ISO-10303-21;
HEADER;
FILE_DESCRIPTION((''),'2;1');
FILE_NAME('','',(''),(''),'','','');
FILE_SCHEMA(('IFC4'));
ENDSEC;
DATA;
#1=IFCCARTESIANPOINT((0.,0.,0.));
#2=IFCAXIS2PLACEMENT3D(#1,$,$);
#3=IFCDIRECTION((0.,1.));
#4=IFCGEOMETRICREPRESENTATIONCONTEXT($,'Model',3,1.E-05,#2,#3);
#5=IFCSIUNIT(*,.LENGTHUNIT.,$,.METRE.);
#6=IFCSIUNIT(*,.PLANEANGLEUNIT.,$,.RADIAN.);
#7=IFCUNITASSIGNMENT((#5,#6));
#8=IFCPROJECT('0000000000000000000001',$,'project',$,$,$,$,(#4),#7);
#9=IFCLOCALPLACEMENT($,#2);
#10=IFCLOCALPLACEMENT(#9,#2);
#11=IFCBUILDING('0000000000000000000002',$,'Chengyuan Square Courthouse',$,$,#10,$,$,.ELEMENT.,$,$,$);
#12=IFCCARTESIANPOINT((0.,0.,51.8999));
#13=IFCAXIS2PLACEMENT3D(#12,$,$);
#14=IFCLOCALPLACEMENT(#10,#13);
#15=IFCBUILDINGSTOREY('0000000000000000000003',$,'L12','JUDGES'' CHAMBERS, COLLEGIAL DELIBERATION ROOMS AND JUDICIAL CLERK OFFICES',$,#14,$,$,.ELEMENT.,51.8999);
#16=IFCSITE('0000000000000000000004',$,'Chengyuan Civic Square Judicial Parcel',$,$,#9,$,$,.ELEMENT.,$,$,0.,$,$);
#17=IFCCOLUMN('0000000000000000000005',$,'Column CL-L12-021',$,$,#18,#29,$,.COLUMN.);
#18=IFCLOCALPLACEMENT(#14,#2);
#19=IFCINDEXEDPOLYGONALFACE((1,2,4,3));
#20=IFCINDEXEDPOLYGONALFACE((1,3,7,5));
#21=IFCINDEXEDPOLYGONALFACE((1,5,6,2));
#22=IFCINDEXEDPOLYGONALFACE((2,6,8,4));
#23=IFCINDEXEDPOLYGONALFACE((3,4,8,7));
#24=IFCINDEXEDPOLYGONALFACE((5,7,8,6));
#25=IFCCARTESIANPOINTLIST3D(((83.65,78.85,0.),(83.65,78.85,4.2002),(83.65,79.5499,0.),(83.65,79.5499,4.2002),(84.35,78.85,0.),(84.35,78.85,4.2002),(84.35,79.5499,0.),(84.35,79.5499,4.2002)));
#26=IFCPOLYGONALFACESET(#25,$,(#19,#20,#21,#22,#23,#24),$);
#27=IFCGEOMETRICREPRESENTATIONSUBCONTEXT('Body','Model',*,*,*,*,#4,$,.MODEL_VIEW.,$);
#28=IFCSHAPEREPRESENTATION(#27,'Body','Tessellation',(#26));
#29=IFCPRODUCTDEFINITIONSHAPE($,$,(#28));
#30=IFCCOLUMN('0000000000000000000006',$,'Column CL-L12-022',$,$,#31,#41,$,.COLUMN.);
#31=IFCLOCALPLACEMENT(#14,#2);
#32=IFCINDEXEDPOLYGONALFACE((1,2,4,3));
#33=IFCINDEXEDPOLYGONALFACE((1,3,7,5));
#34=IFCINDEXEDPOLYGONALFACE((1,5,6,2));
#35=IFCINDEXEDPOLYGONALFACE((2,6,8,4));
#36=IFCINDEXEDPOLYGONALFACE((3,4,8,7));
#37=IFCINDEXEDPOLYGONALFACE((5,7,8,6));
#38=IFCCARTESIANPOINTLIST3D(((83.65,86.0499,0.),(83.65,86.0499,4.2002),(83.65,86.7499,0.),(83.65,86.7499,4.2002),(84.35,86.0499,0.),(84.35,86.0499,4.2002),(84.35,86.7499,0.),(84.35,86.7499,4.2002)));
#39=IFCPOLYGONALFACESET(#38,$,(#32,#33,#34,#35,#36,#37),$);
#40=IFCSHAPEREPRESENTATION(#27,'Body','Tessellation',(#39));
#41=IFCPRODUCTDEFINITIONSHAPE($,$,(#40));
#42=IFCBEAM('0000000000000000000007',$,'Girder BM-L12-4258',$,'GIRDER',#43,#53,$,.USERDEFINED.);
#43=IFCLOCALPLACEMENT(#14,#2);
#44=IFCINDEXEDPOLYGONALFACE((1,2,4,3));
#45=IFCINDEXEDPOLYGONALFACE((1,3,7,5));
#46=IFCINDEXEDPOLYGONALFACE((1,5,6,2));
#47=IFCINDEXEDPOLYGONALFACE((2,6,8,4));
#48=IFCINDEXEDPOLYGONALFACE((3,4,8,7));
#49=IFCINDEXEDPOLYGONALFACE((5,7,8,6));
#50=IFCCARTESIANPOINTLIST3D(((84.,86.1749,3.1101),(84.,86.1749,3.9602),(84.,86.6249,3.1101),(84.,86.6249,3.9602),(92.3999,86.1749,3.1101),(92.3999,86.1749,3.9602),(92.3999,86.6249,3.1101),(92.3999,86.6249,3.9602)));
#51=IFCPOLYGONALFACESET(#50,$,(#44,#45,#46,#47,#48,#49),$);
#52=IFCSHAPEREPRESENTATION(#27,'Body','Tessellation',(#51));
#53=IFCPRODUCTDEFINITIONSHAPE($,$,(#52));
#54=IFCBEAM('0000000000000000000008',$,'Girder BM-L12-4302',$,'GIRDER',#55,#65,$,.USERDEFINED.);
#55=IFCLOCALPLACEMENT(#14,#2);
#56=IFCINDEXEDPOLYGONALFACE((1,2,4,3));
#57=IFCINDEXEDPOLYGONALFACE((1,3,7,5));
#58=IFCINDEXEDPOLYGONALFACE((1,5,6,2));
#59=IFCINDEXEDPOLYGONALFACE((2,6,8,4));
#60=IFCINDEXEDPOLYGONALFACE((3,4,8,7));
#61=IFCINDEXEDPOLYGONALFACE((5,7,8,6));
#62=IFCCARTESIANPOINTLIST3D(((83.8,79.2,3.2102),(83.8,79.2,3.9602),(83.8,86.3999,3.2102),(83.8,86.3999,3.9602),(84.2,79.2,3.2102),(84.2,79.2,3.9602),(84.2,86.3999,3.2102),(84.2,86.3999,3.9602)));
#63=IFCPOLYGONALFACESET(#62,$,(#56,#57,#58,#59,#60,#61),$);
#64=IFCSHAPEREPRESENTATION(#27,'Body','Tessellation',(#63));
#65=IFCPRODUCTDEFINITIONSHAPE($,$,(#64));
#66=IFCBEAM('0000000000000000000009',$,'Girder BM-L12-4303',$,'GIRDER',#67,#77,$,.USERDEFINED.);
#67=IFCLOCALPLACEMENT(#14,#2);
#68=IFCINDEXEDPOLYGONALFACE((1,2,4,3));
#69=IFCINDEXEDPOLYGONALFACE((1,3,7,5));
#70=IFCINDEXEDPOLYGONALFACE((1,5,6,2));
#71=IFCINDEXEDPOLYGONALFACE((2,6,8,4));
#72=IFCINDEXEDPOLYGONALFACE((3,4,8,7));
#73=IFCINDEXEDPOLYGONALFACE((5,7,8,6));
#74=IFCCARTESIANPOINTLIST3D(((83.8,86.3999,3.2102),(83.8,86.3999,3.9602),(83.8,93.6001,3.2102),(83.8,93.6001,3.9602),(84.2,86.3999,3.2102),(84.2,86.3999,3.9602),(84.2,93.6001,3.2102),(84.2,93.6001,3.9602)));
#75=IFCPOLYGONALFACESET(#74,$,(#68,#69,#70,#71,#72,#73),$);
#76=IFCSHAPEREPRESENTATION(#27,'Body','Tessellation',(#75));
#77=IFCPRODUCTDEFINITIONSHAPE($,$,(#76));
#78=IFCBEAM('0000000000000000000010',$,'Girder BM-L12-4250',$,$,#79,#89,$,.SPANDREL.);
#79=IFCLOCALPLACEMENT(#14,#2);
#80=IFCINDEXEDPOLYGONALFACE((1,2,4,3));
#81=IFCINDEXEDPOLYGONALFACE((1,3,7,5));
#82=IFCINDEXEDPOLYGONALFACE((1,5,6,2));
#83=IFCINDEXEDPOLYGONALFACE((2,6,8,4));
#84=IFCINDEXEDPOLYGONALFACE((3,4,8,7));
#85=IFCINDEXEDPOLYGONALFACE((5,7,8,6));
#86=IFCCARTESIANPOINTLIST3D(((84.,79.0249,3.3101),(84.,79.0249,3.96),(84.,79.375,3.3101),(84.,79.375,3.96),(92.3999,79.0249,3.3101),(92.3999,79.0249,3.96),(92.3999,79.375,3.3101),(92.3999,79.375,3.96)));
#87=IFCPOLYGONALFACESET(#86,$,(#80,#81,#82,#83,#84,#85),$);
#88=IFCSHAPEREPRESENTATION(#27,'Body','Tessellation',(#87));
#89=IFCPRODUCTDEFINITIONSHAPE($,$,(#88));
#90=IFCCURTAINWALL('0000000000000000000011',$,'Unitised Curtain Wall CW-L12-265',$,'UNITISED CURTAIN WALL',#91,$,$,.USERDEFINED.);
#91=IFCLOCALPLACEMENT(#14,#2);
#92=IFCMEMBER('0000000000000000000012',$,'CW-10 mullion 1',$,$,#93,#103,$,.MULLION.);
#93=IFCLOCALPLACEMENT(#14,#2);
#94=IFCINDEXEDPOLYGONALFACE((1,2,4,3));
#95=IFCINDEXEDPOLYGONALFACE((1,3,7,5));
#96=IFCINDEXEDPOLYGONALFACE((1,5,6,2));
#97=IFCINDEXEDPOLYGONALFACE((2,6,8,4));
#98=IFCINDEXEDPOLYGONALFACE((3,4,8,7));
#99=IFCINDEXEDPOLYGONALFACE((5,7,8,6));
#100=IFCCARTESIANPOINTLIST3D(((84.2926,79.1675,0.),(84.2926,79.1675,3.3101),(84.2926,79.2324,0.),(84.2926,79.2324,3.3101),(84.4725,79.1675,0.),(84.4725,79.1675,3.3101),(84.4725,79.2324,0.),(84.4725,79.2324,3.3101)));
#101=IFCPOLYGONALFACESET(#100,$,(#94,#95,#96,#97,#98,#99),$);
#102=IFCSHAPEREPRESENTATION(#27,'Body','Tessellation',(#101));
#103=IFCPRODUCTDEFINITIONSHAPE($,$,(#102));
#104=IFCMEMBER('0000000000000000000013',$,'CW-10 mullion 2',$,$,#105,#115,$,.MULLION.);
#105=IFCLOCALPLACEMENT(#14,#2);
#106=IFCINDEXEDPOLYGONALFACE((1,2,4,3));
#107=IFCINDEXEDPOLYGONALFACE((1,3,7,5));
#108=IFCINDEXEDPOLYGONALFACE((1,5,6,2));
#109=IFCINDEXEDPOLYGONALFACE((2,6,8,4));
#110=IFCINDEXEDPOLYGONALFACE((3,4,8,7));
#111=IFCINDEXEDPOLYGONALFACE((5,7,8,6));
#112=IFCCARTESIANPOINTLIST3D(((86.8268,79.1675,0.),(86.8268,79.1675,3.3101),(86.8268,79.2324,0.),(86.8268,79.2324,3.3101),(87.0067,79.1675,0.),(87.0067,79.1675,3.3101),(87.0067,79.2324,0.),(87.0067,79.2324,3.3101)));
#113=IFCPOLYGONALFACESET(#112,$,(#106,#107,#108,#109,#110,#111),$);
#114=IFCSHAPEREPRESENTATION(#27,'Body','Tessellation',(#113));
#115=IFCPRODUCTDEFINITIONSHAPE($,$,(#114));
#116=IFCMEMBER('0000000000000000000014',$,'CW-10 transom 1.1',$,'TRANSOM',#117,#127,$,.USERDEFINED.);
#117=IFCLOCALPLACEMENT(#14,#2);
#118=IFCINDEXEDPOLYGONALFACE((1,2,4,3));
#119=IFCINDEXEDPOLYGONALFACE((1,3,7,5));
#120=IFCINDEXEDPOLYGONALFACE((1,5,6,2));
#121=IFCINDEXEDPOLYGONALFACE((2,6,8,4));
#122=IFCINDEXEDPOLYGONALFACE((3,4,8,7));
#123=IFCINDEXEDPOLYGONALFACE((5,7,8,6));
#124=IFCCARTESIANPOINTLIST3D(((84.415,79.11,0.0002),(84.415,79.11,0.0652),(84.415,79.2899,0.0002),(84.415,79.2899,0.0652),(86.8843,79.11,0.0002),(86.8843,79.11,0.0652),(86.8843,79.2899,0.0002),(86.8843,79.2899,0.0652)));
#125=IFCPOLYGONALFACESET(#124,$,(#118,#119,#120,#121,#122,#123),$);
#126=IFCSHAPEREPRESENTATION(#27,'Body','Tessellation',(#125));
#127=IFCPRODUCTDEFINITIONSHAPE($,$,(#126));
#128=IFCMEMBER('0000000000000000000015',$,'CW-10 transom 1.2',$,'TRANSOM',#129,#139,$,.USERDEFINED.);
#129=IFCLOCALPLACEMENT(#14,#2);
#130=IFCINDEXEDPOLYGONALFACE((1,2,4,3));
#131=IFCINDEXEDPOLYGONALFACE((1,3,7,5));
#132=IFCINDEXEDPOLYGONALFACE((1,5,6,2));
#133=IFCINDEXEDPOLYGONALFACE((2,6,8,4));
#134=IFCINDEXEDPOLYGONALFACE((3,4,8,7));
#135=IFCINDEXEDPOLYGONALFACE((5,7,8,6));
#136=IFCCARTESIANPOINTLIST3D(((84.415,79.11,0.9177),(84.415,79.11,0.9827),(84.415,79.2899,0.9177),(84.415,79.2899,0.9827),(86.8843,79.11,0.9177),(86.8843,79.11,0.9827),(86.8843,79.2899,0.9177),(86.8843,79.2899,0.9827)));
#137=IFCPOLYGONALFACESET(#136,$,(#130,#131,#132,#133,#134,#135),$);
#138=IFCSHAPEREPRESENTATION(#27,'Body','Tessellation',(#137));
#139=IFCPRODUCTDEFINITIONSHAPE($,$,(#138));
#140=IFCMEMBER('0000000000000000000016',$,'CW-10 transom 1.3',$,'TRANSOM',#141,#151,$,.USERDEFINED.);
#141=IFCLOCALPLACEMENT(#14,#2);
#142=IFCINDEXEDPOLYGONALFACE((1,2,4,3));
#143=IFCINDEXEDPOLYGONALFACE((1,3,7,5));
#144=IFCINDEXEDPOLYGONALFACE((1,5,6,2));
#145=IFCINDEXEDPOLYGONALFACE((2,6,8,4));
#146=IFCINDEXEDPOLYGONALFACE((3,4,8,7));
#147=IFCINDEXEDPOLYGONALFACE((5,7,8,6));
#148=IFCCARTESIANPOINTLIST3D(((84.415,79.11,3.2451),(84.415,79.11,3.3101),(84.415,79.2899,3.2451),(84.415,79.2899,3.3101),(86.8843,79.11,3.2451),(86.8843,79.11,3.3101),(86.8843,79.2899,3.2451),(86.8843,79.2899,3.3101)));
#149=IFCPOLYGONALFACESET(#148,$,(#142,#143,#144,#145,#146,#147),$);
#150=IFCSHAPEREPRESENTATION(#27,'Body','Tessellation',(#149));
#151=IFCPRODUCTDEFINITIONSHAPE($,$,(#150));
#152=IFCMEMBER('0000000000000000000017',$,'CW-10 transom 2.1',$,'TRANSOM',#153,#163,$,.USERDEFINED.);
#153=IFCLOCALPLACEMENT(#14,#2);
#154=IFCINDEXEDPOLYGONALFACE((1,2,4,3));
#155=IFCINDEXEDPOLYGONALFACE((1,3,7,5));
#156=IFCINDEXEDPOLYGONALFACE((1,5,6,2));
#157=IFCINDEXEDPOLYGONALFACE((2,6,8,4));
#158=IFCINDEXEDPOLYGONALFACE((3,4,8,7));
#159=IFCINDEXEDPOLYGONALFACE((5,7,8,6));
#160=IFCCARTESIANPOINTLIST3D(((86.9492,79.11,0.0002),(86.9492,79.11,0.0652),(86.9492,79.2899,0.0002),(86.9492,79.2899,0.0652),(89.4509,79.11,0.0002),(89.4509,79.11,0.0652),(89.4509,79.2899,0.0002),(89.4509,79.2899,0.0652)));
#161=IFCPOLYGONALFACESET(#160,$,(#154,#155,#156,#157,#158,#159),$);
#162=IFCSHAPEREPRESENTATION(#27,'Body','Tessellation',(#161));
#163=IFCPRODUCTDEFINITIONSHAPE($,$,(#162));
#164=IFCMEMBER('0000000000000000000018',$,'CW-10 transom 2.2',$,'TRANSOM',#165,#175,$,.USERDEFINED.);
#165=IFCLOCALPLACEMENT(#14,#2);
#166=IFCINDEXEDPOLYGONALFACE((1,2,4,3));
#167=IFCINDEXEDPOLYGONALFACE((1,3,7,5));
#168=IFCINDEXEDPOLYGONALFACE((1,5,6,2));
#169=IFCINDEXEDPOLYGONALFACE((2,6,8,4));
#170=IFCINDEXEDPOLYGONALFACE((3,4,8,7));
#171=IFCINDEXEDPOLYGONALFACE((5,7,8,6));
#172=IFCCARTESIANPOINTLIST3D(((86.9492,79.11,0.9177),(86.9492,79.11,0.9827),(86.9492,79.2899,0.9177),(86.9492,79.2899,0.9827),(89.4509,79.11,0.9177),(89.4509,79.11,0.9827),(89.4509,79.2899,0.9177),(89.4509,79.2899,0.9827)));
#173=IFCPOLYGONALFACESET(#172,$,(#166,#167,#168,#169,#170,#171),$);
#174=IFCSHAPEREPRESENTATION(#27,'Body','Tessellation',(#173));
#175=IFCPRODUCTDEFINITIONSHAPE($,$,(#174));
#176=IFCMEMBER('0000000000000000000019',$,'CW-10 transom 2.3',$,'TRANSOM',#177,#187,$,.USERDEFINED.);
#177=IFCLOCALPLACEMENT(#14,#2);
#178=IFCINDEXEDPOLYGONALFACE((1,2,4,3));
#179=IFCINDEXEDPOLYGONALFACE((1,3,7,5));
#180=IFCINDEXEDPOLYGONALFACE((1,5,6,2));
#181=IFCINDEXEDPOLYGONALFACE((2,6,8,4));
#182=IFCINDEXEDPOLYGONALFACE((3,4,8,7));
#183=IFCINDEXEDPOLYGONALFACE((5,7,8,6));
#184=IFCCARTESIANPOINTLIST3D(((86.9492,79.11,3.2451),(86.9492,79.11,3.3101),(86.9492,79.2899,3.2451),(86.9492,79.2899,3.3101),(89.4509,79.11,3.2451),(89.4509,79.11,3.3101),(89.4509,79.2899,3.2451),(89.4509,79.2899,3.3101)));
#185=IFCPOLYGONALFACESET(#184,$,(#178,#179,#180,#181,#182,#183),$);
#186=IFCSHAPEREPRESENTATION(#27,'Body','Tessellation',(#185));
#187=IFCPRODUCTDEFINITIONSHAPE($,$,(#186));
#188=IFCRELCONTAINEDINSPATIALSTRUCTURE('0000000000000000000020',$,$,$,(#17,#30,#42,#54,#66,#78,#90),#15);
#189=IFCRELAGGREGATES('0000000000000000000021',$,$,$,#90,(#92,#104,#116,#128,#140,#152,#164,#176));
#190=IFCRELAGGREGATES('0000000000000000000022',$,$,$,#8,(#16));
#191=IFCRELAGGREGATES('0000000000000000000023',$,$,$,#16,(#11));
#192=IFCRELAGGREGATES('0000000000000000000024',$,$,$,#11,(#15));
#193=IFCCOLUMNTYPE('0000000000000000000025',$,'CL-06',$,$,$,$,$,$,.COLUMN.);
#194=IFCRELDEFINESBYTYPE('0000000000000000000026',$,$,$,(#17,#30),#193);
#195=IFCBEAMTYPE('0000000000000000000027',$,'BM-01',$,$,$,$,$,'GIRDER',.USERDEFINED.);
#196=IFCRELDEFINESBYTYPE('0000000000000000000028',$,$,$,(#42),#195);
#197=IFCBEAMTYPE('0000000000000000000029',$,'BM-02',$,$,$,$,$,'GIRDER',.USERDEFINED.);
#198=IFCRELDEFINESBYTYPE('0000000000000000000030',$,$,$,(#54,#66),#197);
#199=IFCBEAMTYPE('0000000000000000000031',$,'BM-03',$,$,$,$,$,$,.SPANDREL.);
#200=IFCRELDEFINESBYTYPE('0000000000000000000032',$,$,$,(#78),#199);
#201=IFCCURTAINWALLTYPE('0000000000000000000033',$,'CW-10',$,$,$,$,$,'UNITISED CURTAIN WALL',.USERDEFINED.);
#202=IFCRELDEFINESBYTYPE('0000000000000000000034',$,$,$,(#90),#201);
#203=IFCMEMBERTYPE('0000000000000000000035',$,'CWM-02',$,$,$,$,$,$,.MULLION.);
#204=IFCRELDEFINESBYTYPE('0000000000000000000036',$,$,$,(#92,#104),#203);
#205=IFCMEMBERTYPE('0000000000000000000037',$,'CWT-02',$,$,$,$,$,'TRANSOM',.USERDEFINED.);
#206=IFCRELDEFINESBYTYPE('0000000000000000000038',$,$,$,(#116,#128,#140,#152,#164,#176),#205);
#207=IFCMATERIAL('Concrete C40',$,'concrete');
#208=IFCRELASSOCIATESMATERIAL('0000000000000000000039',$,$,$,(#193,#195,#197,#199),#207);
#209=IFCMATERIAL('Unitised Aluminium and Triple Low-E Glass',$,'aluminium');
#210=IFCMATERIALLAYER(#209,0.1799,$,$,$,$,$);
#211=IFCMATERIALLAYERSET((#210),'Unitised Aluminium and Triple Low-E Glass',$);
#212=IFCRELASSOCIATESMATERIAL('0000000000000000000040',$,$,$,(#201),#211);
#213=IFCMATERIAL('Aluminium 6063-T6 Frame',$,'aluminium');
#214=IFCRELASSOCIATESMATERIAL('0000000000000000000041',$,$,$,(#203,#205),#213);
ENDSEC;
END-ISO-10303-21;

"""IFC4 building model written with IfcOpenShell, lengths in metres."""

from ifc_helpers import new_model, si_unit, direction, frame, origin, origin_2d, place, context, subcontext, project, spatial, rectangle, extrude, material, layer, layer_set, material_profile, profile_set, type_object, element, aggregate, save


model = new_model("IFC4")

# Units and contexts
model_context = context("Model", 3, precision=1e-05, world=origin(), true_north=direction((0.0, 1.0)))
body_context = subcontext(model_context, "Body", "Model", "MODEL_VIEW")
ifc_project = project(units=[si_unit("LENGTHUNIT", "METRE"), si_unit("PLANEANGLEUNIT", "RADIAN")], contexts=[model_context])

# Site, building, storey
site_placement = place(None, origin())
site = spatial("IfcSite", under=ifc_project, at=site_placement, Name="Chengyuan Civic Square Judicial Parcel", CompositionType="ELEMENT", RefElevation=0.0)
building_placement = place(site_placement, origin())
building = spatial("IfcBuilding", under=site, at=building_placement, Name="Chengyuan Square Courthouse", CompositionType="ELEMENT")
storey_placement = place(building_placement, frame((0.0, 0.0, 51.8999)))
storey = spatial("IfcBuildingStorey", under=building, at=storey_placement, Name="L12", Description="JUDGES' CHAMBERS, COLLEGIAL DELIBERATION ROOMS AND JUDICIAL CLERK OFFICES", CompositionType="ELEMENT", Elevation=51.8999)

# Columns
ifc_material_1 = material(Name="Concrete C40", Category="concrete")
ifc_material_profile_1 = material_profile(ifc_material_1, rectangle(XDim=0.7, YDim=0.7, at=origin_2d()), Name="RC-COL-700x700")
ifc_profile_set_1 = profile_set([ifc_material_profile_1], Name="Concrete C40")
column_type = type_object("IfcColumnType", Name="CL-06", PredefinedType="COLUMN", material=ifc_profile_set_1)
for number, where, z_axis, x_axis, name in (
    (1, (84.0, 79.2, 0.0), (0.0, 0.0, 1.0), (1.0, 0.0, 0.0), "Column CL-L12-021"),
    (2, (84.0, 86.3999, 0.0), (0.0, 0.0, 1.0), (1.0, 0.0, 0.0), "Column CL-L12-022"),
):
    element("IfcColumn", number, at=place(storey_placement, frame(where, z_axis=z_axis, x_axis=x_axis)), inside=storey, type_object=column_type, Name=name, PredefinedType="COLUMN", context=body_context, shape_type="SweptSolid", body=[
        extrude(rectangle(XDim=0.7, YDim=0.7, at=origin_2d()), origin(), (0.0, 0.0, 1.0), 4.2002),
    ])

# Beams
ifc_material_profile_2 = material_profile(ifc_material_1, rectangle(XDim=0.45, YDim=0.8501, at=origin_2d()), Name="RC-BM-450x850")
ifc_profile_set_2 = profile_set([ifc_material_profile_2], Name="Concrete C40")
beam_type_1 = type_object("IfcBeamType", Name="BM-01", ElementType="GIRDER", PredefinedType="USERDEFINED", material=ifc_profile_set_2)
beam_1_placement = place(storey_placement, frame((84.0, 86.3999, 3.5352), z_axis=(1.0, 0.0, 0.0), x_axis=(0.0, 1.0, 0.0)))
element("IfcBeam", 3, at=beam_1_placement, inside=storey, type_object=beam_type_1, Name="Girder BM-L12-4258", ObjectType="GIRDER", PredefinedType="USERDEFINED", context=body_context, shape_type="SweptSolid", body=[
    extrude(rectangle(XDim=0.45, YDim=0.8501, at=origin_2d()), origin(), (0.0, 0.0, 1.0), 8.3999),
])
ifc_material_profile_3 = material_profile(ifc_material_1, rectangle(XDim=0.3999, YDim=0.75, at=origin_2d()), Name="RC-BM-400x750")
ifc_profile_set_3 = profile_set([ifc_material_profile_3], Name="Concrete C40")
beam_type_2 = type_object("IfcBeamType", Name="BM-02", ElementType="GIRDER", PredefinedType="USERDEFINED", material=ifc_profile_set_3)
beam_2_placement = place(storey_placement, frame((84.0, 79.2, 3.5852), z_axis=(0.0, 1.0, 0.0), x_axis=(-1.0, 0.0, 0.0)))
element("IfcBeam", 4, at=beam_2_placement, inside=storey, type_object=beam_type_2, Name="Girder BM-L12-4302", ObjectType="GIRDER", PredefinedType="USERDEFINED", context=body_context, shape_type="SweptSolid", body=[
    extrude(rectangle(XDim=0.3999, YDim=0.75, at=origin_2d()), origin(), (0.0, 0.0, 1.0), 7.2),
])
beam_3_placement = place(storey_placement, frame((84.0, 86.3999, 3.5852), z_axis=(0.0, 1.0, 0.0), x_axis=(-1.0, 0.0, 0.0)))
element("IfcBeam", 5, at=beam_3_placement, inside=storey, type_object=beam_type_2, Name="Girder BM-L12-4303", ObjectType="GIRDER", PredefinedType="USERDEFINED", context=body_context, shape_type="SweptSolid", body=[
    extrude(rectangle(XDim=0.3999, YDim=0.75, at=origin_2d()), origin(), (0.0, 0.0, 1.0), 7.2002),
])
ifc_material_profile_4 = material_profile(ifc_material_1, rectangle(XDim=0.3501, YDim=0.6499, at=origin_2d()), Name="RC-BM-350x650")
ifc_profile_set_4 = profile_set([ifc_material_profile_4], Name="Concrete C40")
beam_type_3 = type_object("IfcBeamType", Name="BM-03", PredefinedType="SPANDREL", material=ifc_profile_set_4)
beam_4_placement = place(storey_placement, frame((84.0, 79.2, 3.635), z_axis=(1.0, 0.0, 0.0), x_axis=(0.0, 1.0, 0.0)))
element("IfcBeam", 6, at=beam_4_placement, inside=storey, type_object=beam_type_3, Name="Girder BM-L12-4250", PredefinedType="SPANDREL", context=body_context, shape_type="SweptSolid", body=[
    extrude(rectangle(XDim=0.3501, YDim=0.6499, at=origin_2d()), origin(), (0.0, 0.0, 1.0), 8.3999),
])

# Curtain wall, members
ifc_material_2 = material(Name="Unitised Aluminium and Triple Low-E Glass", Category="aluminium")
ifc_layer_1 = layer(ifc_material_2, 0.1799)
ifc_layer_set_1 = layer_set([ifc_layer_1], Name="Unitised Aluminium and Triple Low-E Glass")
curtain_wall_type = type_object("IfcCurtainWallType", Name="CW-10", ElementType="UNITISED CURTAIN WALL", PredefinedType="USERDEFINED", material=ifc_layer_set_1)
curtain_wall_placement = place(storey_placement, origin())
curtain_wall = element("IfcCurtainWall", 7, at=curtain_wall_placement, inside=storey, type_object=curtain_wall_type, Name="Unitised Curtain Wall CW-L12-265", ObjectType="UNITISED CURTAIN WALL", PredefinedType="USERDEFINED")
ifc_material_3 = material(Name="Aluminium 6063-T6 Frame", Category="aluminium")
ifc_material_profile_5 = material_profile(ifc_material_3, rectangle(XDim=0.0649, YDim=0.1799, at=origin_2d()), Name="CW-MUL-65x180")
ifc_profile_set_5 = profile_set([ifc_material_profile_5], Name="Aluminium 6063-T6 Frame")
member_type_1 = type_object("IfcMemberType", Name="CWM-02", PredefinedType="MULLION", material=ifc_profile_set_5)
member_1_placement = place(storey_placement, frame((84.3826, 79.2, 0.0), z_axis=(0.0, 0.0, 1.0), x_axis=(0.0, 1.0, 0.0)))
member_1 = element("IfcMember", 8, at=member_1_placement, type_object=member_type_1, Name="CW-10 mullion 1", PredefinedType="MULLION", context=body_context, shape_type="SweptSolid", body=[
    extrude(rectangle(XDim=0.0649, YDim=0.1799, at=origin_2d()), origin(), (0.0, 0.0, 1.0), 3.3101),
])
member_2_placement = place(storey_placement, frame((86.9167, 79.2, 0.0), z_axis=(0.0, 0.0, 1.0), x_axis=(0.0, 1.0, 0.0)))
member_2 = element("IfcMember", 9, at=member_2_placement, type_object=member_type_1, Name="CW-10 mullion 2", PredefinedType="MULLION", context=body_context, shape_type="SweptSolid", body=[
    extrude(rectangle(XDim=0.0649, YDim=0.1799, at=origin_2d()), origin(), (0.0, 0.0, 1.0), 3.3101),
])
ifc_material_profile_6 = material_profile(ifc_material_3, rectangle(XDim=0.1799, YDim=0.0649, at=origin_2d()), Name="CW-TRN-65x140")
ifc_profile_set_6 = profile_set([ifc_material_profile_6], Name="Aluminium 6063-T6 Frame")
member_type_2 = type_object("IfcMemberType", Name="CWT-02", ElementType="TRANSOM", PredefinedType="USERDEFINED", material=ifc_profile_set_6)
member_3_placement = place(storey_placement, frame((84.415, 79.2, 0.0327), z_axis=(1.0, 0.0, 0.0), x_axis=(0.0, 1.0, 0.0)))
member_3 = element("IfcMember", 10, at=member_3_placement, type_object=member_type_2, Name="CW-10 transom 1.1", ObjectType="TRANSOM", PredefinedType="USERDEFINED", context=body_context, shape_type="SweptSolid", body=[
    extrude(rectangle(XDim=0.1799, YDim=0.0649, at=origin_2d()), origin(), (0.0, 0.0, 1.0), 2.4692),
])
member_4_placement = place(storey_placement, frame((84.415, 79.2, 0.9502), z_axis=(1.0, 0.0, 0.0), x_axis=(0.0, 1.0, 0.0)))
member_4 = element("IfcMember", 11, at=member_4_placement, type_object=member_type_2, Name="CW-10 transom 1.2", ObjectType="TRANSOM", PredefinedType="USERDEFINED", context=body_context, shape_type="SweptSolid", body=[
    extrude(rectangle(XDim=0.1799, YDim=0.0649, at=origin_2d()), origin(), (0.0, 0.0, 1.0), 2.4692),
])
member_5_placement = place(storey_placement, frame((84.415, 79.2, 3.2776), z_axis=(1.0, 0.0, 0.0), x_axis=(0.0, 1.0, 0.0)))
member_5 = element("IfcMember", 12, at=member_5_placement, type_object=member_type_2, Name="CW-10 transom 1.3", ObjectType="TRANSOM", PredefinedType="USERDEFINED", context=body_context, shape_type="SweptSolid", body=[
    extrude(rectangle(XDim=0.1799, YDim=0.0649, at=origin_2d()), origin(), (0.0, 0.0, 1.0), 2.4692),
])
member_6_placement = place(storey_placement, frame((86.9492, 79.2, 0.0327), z_axis=(1.0, 0.0, 0.0), x_axis=(0.0, 1.0, 0.0)))
member_6 = element("IfcMember", 13, at=member_6_placement, type_object=member_type_2, Name="CW-10 transom 2.1", ObjectType="TRANSOM", PredefinedType="USERDEFINED", context=body_context, shape_type="SweptSolid", body=[
    extrude(rectangle(XDim=0.1799, YDim=0.0649, at=origin_2d()), origin(), (0.0, 0.0, 1.0), 2.5017),
])
member_7_placement = place(storey_placement, frame((86.9492, 79.2, 0.9502), z_axis=(1.0, 0.0, 0.0), x_axis=(0.0, 1.0, 0.0)))
member_7 = element("IfcMember", 14, at=member_7_placement, type_object=member_type_2, Name="CW-10 transom 2.2", ObjectType="TRANSOM", PredefinedType="USERDEFINED", context=body_context, shape_type="SweptSolid", body=[
    extrude(rectangle(XDim=0.1799, YDim=0.0649, at=origin_2d()), origin(), (0.0, 0.0, 1.0), 2.5017),
])
member_8_placement = place(storey_placement, frame((86.9492, 79.2, 3.2776), z_axis=(1.0, 0.0, 0.0), x_axis=(0.0, 1.0, 0.0)))
member_8 = element("IfcMember", 15, at=member_8_placement, type_object=member_type_2, Name="CW-10 transom 2.3", ObjectType="TRANSOM", PredefinedType="USERDEFINED", context=body_context, shape_type="SweptSolid", body=[
    extrude(rectangle(XDim=0.1799, YDim=0.0649, at=origin_2d()), origin(), (0.0, 0.0, 1.0), 2.5017),
])
aggregate(curtain_wall, [member_1, member_2, member_3, member_4, member_5, member_6, member_7, member_8])

save(model, "model.ifc")
